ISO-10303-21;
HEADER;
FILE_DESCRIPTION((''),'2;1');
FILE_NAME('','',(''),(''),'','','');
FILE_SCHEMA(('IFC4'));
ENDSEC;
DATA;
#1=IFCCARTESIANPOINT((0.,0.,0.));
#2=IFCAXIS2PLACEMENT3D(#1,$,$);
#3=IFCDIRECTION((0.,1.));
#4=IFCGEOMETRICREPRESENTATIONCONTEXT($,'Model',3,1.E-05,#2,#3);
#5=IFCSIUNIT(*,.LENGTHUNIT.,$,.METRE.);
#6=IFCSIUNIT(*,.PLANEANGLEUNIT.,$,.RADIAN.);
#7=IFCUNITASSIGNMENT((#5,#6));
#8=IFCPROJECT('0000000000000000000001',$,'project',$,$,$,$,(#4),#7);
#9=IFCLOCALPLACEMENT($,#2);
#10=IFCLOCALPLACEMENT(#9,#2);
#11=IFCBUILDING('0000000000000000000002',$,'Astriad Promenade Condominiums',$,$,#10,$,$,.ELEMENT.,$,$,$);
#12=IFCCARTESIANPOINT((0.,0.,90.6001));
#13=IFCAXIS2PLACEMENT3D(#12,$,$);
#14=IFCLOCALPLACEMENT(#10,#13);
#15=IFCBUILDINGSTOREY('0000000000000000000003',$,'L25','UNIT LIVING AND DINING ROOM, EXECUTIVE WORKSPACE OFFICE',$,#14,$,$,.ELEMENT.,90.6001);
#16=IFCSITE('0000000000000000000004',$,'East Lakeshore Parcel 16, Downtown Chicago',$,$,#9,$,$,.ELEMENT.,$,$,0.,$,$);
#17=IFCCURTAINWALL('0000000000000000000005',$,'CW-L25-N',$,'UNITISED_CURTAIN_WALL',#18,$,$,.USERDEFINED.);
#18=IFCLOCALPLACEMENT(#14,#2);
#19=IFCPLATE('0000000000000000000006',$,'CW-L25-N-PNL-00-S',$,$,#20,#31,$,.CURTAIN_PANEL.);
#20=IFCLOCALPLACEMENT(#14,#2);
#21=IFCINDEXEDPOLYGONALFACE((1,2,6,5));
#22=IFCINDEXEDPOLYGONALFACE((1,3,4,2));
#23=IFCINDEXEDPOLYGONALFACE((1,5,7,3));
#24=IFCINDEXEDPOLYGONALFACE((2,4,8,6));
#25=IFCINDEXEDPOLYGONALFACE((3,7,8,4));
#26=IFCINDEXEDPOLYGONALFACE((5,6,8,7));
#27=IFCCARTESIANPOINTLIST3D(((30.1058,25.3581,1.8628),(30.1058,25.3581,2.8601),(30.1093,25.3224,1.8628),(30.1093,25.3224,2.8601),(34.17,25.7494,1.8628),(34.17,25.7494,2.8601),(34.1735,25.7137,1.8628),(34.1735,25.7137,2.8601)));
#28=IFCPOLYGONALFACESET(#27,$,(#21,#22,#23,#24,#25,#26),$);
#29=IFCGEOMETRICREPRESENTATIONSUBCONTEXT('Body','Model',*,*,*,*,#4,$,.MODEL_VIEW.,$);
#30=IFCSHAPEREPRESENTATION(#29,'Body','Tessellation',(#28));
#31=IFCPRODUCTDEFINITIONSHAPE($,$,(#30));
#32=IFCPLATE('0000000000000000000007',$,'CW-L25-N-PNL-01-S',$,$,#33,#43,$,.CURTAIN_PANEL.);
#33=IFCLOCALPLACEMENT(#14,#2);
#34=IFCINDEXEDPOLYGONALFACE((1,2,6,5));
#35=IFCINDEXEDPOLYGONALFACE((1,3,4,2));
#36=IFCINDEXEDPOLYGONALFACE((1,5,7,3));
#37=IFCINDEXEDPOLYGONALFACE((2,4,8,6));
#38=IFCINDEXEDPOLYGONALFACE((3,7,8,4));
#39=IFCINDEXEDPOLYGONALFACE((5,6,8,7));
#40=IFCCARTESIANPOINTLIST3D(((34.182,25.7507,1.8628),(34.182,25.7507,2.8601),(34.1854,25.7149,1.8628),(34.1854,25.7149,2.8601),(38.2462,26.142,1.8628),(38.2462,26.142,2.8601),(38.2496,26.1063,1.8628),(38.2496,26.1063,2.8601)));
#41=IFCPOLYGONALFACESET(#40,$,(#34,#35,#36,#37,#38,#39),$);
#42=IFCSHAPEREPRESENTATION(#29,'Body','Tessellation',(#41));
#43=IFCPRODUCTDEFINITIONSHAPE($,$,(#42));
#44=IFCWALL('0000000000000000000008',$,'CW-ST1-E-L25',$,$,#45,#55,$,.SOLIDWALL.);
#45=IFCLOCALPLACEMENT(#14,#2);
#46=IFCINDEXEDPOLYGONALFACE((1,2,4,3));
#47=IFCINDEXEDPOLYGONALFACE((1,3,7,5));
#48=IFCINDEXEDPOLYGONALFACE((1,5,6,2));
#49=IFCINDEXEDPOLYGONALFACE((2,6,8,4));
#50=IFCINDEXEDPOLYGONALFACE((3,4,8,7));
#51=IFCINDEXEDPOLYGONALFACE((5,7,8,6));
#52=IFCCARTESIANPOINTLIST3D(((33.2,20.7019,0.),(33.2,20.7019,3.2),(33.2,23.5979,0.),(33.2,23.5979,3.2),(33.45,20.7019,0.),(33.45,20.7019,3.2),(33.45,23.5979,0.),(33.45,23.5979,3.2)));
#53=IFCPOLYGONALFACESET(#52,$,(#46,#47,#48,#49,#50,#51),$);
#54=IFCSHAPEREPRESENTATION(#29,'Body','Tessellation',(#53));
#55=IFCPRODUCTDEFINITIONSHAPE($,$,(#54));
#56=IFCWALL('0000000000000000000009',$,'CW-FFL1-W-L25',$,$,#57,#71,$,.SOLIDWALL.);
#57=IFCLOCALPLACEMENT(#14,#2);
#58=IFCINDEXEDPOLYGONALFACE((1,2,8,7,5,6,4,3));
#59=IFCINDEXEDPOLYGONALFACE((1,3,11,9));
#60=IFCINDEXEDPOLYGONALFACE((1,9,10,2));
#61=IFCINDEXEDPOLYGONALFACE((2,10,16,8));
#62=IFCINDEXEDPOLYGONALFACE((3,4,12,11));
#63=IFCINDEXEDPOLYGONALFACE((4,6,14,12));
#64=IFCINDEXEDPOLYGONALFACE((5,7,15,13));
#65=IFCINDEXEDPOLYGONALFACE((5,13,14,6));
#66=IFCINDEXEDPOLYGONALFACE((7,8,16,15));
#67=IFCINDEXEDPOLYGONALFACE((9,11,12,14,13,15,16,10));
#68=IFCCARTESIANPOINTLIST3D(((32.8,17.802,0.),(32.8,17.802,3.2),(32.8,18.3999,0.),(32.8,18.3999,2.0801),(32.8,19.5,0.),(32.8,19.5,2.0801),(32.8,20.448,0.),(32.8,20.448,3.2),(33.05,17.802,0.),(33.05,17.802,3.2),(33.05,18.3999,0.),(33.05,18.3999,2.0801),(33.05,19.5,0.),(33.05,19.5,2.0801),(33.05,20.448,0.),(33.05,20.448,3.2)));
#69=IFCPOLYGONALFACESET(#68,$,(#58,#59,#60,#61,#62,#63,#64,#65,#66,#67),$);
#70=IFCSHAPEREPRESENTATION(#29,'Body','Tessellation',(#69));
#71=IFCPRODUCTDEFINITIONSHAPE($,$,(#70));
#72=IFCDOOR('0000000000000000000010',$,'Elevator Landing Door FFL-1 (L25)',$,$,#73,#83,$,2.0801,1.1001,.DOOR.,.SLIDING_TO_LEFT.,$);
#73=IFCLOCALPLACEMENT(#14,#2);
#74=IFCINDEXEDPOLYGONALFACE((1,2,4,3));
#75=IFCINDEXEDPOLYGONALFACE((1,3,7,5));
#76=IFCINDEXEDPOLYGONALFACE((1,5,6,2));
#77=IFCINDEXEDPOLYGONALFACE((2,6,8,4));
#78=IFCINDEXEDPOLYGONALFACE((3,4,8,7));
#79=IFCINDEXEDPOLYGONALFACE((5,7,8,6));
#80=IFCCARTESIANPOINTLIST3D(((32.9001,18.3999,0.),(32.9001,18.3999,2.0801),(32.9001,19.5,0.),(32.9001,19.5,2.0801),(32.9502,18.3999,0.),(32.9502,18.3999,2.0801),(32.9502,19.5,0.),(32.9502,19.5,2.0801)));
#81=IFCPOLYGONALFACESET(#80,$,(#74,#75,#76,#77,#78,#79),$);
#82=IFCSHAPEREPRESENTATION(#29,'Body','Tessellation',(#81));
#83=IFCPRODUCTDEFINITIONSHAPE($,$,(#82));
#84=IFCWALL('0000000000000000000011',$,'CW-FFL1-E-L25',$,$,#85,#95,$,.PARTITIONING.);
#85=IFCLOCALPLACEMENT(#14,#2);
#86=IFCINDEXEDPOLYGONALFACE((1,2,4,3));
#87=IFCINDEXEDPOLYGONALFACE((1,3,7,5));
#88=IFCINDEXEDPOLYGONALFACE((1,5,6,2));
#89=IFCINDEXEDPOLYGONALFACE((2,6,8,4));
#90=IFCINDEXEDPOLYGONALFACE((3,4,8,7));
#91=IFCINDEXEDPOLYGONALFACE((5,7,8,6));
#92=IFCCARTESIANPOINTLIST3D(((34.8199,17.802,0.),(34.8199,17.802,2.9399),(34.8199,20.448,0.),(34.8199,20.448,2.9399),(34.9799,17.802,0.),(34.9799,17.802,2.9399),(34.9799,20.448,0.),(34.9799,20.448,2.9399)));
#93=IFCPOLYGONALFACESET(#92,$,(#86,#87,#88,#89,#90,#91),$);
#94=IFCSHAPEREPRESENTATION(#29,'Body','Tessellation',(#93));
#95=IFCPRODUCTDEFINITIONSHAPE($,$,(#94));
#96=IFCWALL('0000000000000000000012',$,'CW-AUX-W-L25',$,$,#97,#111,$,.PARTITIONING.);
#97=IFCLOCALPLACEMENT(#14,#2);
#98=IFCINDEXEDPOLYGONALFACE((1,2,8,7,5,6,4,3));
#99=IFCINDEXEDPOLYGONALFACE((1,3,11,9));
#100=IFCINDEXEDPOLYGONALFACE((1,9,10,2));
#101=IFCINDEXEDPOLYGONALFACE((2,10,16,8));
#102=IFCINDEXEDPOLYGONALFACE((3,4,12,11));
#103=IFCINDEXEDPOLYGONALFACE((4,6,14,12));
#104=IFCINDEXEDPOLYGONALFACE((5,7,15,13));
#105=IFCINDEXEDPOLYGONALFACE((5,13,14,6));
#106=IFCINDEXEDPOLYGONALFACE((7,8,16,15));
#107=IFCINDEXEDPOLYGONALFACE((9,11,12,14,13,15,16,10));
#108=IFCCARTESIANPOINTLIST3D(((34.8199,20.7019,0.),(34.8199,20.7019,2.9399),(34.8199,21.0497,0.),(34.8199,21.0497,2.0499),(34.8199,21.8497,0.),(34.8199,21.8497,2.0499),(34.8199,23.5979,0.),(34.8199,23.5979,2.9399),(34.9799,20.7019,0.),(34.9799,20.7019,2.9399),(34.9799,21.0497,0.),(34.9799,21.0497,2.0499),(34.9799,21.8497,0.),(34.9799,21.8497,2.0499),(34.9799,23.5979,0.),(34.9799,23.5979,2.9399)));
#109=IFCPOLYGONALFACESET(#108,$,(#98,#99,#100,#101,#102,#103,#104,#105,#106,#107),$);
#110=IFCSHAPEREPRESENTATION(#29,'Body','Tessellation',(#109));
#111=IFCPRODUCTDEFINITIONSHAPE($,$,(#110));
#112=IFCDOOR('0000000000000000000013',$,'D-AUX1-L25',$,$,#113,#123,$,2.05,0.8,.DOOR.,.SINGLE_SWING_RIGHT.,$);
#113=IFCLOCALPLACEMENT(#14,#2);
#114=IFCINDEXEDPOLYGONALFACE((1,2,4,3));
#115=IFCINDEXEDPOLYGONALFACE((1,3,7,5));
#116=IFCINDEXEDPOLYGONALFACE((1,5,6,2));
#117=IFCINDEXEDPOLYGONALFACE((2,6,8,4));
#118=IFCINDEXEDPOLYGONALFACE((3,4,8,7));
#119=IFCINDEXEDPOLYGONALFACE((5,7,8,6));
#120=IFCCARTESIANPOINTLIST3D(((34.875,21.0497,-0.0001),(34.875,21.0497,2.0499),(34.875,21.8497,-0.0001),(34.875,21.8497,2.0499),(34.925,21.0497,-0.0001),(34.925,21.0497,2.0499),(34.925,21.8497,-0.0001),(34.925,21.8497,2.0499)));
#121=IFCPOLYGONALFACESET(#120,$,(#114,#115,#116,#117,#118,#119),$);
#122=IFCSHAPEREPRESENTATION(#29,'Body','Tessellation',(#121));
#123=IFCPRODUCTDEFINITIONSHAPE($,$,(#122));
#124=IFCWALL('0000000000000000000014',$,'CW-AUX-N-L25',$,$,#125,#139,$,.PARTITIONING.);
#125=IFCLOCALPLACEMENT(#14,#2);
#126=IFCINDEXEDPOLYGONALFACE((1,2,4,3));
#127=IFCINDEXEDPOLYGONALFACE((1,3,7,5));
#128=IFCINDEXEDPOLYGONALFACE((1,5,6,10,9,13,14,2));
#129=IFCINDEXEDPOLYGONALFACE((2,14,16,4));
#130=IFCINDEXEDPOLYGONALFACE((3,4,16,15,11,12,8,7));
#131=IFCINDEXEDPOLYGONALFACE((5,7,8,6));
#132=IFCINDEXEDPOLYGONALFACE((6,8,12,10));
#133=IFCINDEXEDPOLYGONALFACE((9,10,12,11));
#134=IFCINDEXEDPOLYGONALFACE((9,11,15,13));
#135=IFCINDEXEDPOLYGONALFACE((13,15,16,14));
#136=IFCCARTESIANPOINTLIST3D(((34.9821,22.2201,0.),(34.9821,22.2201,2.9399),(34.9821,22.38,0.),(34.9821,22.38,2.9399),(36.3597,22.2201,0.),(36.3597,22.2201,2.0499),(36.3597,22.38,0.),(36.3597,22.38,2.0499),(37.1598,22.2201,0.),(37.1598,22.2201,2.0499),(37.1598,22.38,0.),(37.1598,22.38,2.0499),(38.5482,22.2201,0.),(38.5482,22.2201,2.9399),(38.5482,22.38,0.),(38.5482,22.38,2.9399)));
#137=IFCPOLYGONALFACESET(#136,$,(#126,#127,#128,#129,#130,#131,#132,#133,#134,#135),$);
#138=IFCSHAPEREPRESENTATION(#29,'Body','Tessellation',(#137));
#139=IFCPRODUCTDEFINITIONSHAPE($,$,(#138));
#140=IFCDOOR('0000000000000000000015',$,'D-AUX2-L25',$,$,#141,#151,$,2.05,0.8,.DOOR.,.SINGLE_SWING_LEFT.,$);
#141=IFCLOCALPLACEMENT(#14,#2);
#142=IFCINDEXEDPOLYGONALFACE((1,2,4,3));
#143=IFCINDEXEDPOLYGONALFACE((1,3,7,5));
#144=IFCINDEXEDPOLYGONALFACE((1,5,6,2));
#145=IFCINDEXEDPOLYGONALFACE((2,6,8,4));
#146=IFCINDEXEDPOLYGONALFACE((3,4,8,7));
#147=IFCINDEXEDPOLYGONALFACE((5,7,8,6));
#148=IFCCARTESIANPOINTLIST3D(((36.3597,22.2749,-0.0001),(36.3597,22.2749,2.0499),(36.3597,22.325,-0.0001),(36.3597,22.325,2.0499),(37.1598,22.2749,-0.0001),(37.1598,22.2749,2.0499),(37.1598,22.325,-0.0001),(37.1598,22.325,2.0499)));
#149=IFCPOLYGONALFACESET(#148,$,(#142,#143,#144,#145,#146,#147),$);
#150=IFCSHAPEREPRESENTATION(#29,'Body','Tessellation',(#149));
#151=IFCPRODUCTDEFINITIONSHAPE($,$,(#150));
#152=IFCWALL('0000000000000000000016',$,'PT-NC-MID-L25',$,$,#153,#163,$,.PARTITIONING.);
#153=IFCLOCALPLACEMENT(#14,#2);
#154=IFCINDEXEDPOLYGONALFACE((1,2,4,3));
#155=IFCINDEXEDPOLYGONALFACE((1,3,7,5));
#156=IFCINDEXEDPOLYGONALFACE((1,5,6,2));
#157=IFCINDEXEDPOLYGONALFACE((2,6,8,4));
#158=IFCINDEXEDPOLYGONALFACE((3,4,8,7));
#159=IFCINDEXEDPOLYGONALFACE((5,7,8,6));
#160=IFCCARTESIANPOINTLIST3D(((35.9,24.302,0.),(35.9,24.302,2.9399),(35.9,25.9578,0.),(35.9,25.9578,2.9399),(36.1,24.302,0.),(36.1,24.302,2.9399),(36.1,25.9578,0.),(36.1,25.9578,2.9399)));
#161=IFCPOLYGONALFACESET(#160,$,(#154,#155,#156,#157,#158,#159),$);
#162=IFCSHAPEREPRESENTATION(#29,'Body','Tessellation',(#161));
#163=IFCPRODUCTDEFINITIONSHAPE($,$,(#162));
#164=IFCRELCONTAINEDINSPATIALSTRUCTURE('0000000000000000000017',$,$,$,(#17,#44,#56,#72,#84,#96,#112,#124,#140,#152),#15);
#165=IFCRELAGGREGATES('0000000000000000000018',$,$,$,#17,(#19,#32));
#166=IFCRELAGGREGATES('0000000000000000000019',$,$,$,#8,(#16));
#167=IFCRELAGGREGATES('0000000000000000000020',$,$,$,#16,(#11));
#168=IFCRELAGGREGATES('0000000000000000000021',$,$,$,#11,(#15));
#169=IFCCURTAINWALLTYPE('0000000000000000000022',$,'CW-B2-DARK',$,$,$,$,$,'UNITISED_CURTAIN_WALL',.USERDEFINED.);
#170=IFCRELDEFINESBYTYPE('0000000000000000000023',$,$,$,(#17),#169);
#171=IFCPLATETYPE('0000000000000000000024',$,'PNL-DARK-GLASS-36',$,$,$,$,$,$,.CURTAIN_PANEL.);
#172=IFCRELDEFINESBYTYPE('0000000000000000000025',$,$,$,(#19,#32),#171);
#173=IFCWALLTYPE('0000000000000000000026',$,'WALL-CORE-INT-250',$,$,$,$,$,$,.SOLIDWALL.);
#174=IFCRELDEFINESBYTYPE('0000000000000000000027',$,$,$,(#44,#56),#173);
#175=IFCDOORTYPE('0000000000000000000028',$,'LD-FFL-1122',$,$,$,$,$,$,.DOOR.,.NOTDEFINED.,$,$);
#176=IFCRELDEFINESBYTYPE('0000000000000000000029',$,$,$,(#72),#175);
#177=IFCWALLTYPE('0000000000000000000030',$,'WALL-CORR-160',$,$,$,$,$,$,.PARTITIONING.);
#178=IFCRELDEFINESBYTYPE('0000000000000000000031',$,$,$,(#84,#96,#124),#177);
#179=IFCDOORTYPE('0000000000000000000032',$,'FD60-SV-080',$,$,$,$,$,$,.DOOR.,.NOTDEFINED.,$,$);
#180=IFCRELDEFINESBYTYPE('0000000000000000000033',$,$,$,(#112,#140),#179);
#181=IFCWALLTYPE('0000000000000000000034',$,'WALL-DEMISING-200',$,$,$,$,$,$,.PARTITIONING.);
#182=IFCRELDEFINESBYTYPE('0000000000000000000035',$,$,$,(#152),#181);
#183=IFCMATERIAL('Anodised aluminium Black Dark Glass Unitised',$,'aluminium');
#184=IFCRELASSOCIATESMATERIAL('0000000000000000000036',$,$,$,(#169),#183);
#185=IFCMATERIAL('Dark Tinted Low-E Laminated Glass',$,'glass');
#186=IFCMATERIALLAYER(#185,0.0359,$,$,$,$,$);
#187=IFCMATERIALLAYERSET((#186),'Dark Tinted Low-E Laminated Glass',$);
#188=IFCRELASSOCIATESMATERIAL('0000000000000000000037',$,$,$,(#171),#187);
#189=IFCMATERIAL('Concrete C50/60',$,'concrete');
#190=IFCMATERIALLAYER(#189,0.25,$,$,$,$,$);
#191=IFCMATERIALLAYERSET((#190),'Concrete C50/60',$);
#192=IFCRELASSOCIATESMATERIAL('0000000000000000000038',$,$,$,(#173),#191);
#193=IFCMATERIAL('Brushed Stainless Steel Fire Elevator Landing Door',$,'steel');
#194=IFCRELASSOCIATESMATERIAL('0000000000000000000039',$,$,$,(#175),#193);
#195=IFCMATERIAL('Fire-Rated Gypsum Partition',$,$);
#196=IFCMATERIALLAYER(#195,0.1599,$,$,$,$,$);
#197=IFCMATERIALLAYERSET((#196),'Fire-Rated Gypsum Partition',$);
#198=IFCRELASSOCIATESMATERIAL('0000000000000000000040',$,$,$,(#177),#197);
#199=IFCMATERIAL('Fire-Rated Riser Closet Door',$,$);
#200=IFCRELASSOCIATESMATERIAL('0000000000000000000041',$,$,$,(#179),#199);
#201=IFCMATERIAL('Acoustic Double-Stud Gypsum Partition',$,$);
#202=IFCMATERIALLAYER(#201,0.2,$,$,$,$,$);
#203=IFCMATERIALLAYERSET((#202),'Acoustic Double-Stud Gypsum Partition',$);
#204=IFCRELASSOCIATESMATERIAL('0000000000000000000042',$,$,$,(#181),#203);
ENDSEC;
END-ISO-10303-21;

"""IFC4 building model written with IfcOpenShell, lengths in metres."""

from ifc_helpers import new_model, si_unit, direction, frame, frame_2d, origin, origin_2d, place, context, subcontext, project, spatial, rectangle, extrude, source, transform, mapped, material, layer, layer_set, type_object, type_shapes, element, fill, aggregate, save


model = new_model("IFC4")

# Units and contexts
model_context = context("Model", 3, precision=1e-05, world=origin(), true_north=direction((0.0, 1.0)))
body_context = subcontext(model_context, "Body", "Model", "MODEL_VIEW")
ifc_project = project(units=[si_unit("LENGTHUNIT", "METRE"), si_unit("PLANEANGLEUNIT", "RADIAN")], contexts=[model_context])

# Site, building, storey
site_placement = place(None, origin())
site = spatial("IfcSite", under=ifc_project, at=site_placement, Name="East Lakeshore Parcel 16, Downtown Chicago", CompositionType="ELEMENT", RefElevation=0.0)
building_placement = place(site_placement, origin())
building = spatial("IfcBuilding", under=site, at=building_placement, Name="Astriad Promenade Condominiums", CompositionType="ELEMENT")
storey_placement = place(building_placement, frame((0.0, 0.0, 90.6001)))
storey = spatial("IfcBuildingStorey", under=building, at=storey_placement, Name="L25", Description="UNIT LIVING AND DINING ROOM, EXECUTIVE WORKSPACE OFFICE", CompositionType="ELEMENT", Elevation=90.6001)

# Curtain wall, plates
ifc_material_1 = material(Name="Anodised aluminium Black Dark Glass Unitised", Category="aluminium")
curtain_wall_type = type_object("IfcCurtainWallType", Name="CW-B2-DARK", ElementType="UNITISED_CURTAIN_WALL", PredefinedType="USERDEFINED", material=ifc_material_1)
curtain_wall_placement = place(storey_placement, origin())
curtain_wall = element("IfcCurtainWall", 1, at=curtain_wall_placement, inside=storey, type_object=curtain_wall_type, Name="CW-L25-N", ObjectType="UNITISED_CURTAIN_WALL", PredefinedType="USERDEFINED")
ifc_material_2 = material(Name="Dark Tinted Low-E Laminated Glass", Category="glass")
ifc_layer_1 = layer(ifc_material_2, 0.0359)
ifc_layer_set_1 = layer_set([ifc_layer_1], Name="Dark Tinted Low-E Laminated Glass")
plate_type = type_object("IfcPlateType", Name="PNL-DARK-GLASS-36", PredefinedType="CURTAIN_PANEL", material=ifc_layer_set_1)
shared_shape_1 = source(origin(), body_context, "Body", "SweptSolid", [
    extrude(rectangle(XDim=4.083, YDim=0.0359, at=origin_2d()), origin(), (0.0, 0.0, 1.0), 0.9973),
])
plate_1_placement = place(storey_placement, frame((32.1396, 25.5359, 1.8628), z_axis=(0.0, 0.0, 1.0), x_axis=(0.995396, 0.095846, 0.0)))
plate_1 = element("IfcPlate", 2, at=plate_1_placement, type_object=plate_type, Name="CW-L25-N-PNL-00-S", PredefinedType="CURTAIN_PANEL", context=body_context, shape_type="MappedRepresentation", body=[
    mapped(shared_shape_1, transform((0.0, 0.0, 0.0), scale=1.0)),
])
plate_2_placement = place(storey_placement, frame((36.2158, 25.9285, 1.8628), z_axis=(0.0, 0.0, 1.0), x_axis=(0.995396, 0.095846, 0.0)))
plate_2 = element("IfcPlate", 3, at=plate_2_placement, type_object=plate_type, Name="CW-L25-N-PNL-01-S", PredefinedType="CURTAIN_PANEL", context=body_context, shape_type="MappedRepresentation", body=[
    mapped(shared_shape_1, transform((0.0, 0.0, 0.0), scale=1.0)),
])
aggregate(curtain_wall, [plate_1, plate_2])

# Wall
ifc_material_3 = material(Name="Concrete C50/60", Category="concrete")
ifc_layer_2 = layer(ifc_material_3, 0.25)
ifc_layer_set_2 = layer_set([ifc_layer_2], Name="Concrete C50/60")
wall_type_1 = type_object("IfcWallType", Name="WALL-CORE-INT-250", PredefinedType="SOLIDWALL", material=ifc_layer_set_2)
wall_1_placement = place(storey_placement, frame((33.325, 20.7019, 0.0), z_axis=(0.0, 0.0, 1.0), x_axis=(0.0, 1.0, 0.0)))
element("IfcWall", 4, at=wall_1_placement, inside=storey, type_object=wall_type_1, Name="CW-ST1-E-L25", PredefinedType="SOLIDWALL", context=body_context, shape_type="SweptSolid", body=[
    extrude(rectangle(XDim=2.896, YDim=0.25, at=frame_2d((1.448, 0.0))), origin(), (0.0, 0.0, 1.0), 3.2),
])

# Wall, opening, door
wall_2_placement = place(storey_placement, frame((32.925, 17.802, 0.0), z_axis=(0.0, 0.0, 1.0), x_axis=(0.0, 1.0, 0.0)))
wall_2 = element("IfcWall", 5, at=wall_2_placement, inside=storey, type_object=wall_type_1, Name="CW-FFL1-W-L25", PredefinedType="SOLIDWALL", context=body_context, shape_type="SweptSolid", body=[
    extrude(rectangle(XDim=2.646, YDim=0.25, at=frame_2d((1.323, 0.0))), origin(), (0.0, 0.0, 1.0), 3.2),
])
opening_1_placement = place(wall_2_placement, frame((0.5979, 0.0, 0.0)))
opening_1 = element("IfcOpeningElement", 6, at=opening_1_placement, cuts=wall_2, PredefinedType="OPENING", context=body_context, shape_type="SweptSolid", body=[
    extrude(rectangle(XDim=1.1001, YDim=2.0801, at=frame_2d((0.55, 1.04))), frame((0.0, 0.135, 0.0), z_axis=(0.0, -1.0, 0.0), x_axis=(1.0, 0.0, 0.0)), (0.0, 0.0, 1.0), 0.27),
])
ifc_material_4 = material(Name="Brushed Stainless Steel Fire Elevator Landing Door", Category="steel")
door_type_1 = type_object("IfcDoorType", Name="LD-FFL-1122", OperationType="NOTDEFINED", PredefinedType="DOOR", material=ifc_material_4)
shared_shape_2 = source(origin(), body_context, "Body", "SweptSolid", [
    extrude(rectangle(XDim=1.1001, YDim=2.0801, at=frame_2d((0.55, 1.04))), frame((0.0, 0.0249, 0.0), z_axis=(0.0, -1.0, 0.0), x_axis=(1.0, 0.0, 0.0)), (0.0, 0.0, 1.0), 0.05),
])
type_shapes(door_type_1, [shared_shape_2])
door_1_placement = place(opening_1_placement, origin())
door_1 = element("IfcDoor", 7, at=door_1_placement, inside=storey, type_object=door_type_1, Name="Elevator Landing Door FFL-1 (L25)", OperationType="SLIDING_TO_LEFT", OverallHeight=2.0801, OverallWidth=1.1001, PredefinedType="DOOR", context=body_context, shape_type="MappedRepresentation", body=[
    mapped(shared_shape_2, transform((0.0, 0.0, 0.0), scale=1.0)),
])
fill(opening_1, door_1)

# Wall
ifc_material_5 = material(Name="Fire-Rated Gypsum Partition")
ifc_layer_3 = layer(ifc_material_5, 0.1599)
ifc_layer_set_3 = layer_set([ifc_layer_3], Name="Fire-Rated Gypsum Partition")
wall_type_2 = type_object("IfcWallType", Name="WALL-CORR-160", PredefinedType="PARTITIONING", material=ifc_layer_set_3)
wall_3_placement = place(storey_placement, frame((34.8999, 17.802, 0.0), z_axis=(0.0, 0.0, 1.0), x_axis=(0.0, 1.0, 0.0)))
element("IfcWall", 8, at=wall_3_placement, inside=storey, type_object=wall_type_2, Name="CW-FFL1-E-L25", PredefinedType="PARTITIONING", context=body_context, shape_type="SweptSolid", body=[
    extrude(rectangle(XDim=2.646, YDim=0.1599, at=frame_2d((1.323, 0.0))), origin(), (0.0, 0.0, 1.0), 2.9399),
])

# Walls, openings, doors
wall_4_placement = place(storey_placement, frame((34.8999, 20.7019, 0.0), z_axis=(0.0, 0.0, 1.0), x_axis=(0.0, 1.0, 0.0)))
wall_4 = element("IfcWall", 9, at=wall_4_placement, inside=storey, type_object=wall_type_2, Name="CW-AUX-W-L25", PredefinedType="PARTITIONING", context=body_context, shape_type="SweptSolid", body=[
    extrude(rectangle(XDim=2.896, YDim=0.1599, at=frame_2d((1.448, 0.0))), origin(), (0.0, 0.0, 1.0), 2.9399),
])
opening_2_placement = place(wall_4_placement, frame((0.3479, 0.0, 0.0)))
opening_2 = element("IfcOpeningElement", 10, at=opening_2_placement, cuts=wall_4, PredefinedType="OPENING", context=body_context, shape_type="SweptSolid", body=[
    extrude(rectangle(XDim=0.8, YDim=2.05, at=frame_2d((0.3999, 1.0249))), frame((0.0, 0.0898, 0.0), z_axis=(0.0, -1.0, 0.0), x_axis=(1.0, 0.0, 0.0)), (0.0, 0.0, 1.0), 0.1799),
])
ifc_material_6 = material(Name="Fire-Rated Riser Closet Door")
door_type_2 = type_object("IfcDoorType", Name="FD60-SV-080", OperationType="NOTDEFINED", PredefinedType="DOOR", material=ifc_material_6)
shared_shape_3 = source(origin(), body_context, "Body", "SweptSolid", [
    extrude(rectangle(XDim=0.8, YDim=2.05, at=frame_2d((0.3999, 1.0249))), frame((0.0, 0.0249, 0.0), z_axis=(0.0, -1.0, 0.0), x_axis=(1.0, 0.0, 0.0)), (0.0, 0.0, 1.0), 0.05),
])
type_shapes(door_type_2, [shared_shape_3])
door_2_placement = place(opening_2_placement, origin())
door_2 = element("IfcDoor", 11, at=door_2_placement, inside=storey, type_object=door_type_2, Name="D-AUX1-L25", OperationType="SINGLE_SWING_RIGHT", OverallHeight=2.05, OverallWidth=0.8, PredefinedType="DOOR", context=body_context, shape_type="MappedRepresentation", body=[
    mapped(shared_shape_3, transform((0.0, 0.0, 0.0), scale=1.0)),
])
fill(opening_2, door_2)
wall_5_placement = place(storey_placement, frame((34.9819, 22.3, 0.0), z_axis=(0.0, 0.0, 1.0), x_axis=(1.0, 0.0, 0.0)))
wall_5 = element("IfcWall", 12, at=wall_5_placement, inside=storey, type_object=wall_type_2, Name="CW-AUX-N-L25", PredefinedType="PARTITIONING", context=body_context, shape_type="SweptSolid", body=[
    extrude(rectangle(XDim=3.5662, YDim=0.1599, at=frame_2d((1.7832, 0.0))), origin(), (0.0, 0.0, 1.0), 2.9399),
])
opening_3_placement = place(wall_5_placement, frame((1.3779, 0.0, 0.0)))
opening_3 = element("IfcOpeningElement", 13, at=opening_3_placement, cuts=wall_5, PredefinedType="OPENING", context=body_context, shape_type="SweptSolid", body=[
    extrude(rectangle(XDim=0.8, YDim=2.05, at=frame_2d((0.3999, 1.0249))), frame((0.0, 0.0898, 0.0), z_axis=(0.0, -1.0, 0.0), x_axis=(1.0, 0.0, 0.0)), (0.0, 0.0, 1.0), 0.1799),
])
door_3_placement = place(opening_3_placement, origin())
door_3 = element("IfcDoor", 14, at=door_3_placement, inside=storey, type_object=door_type_2, Name="D-AUX2-L25", OperationType="SINGLE_SWING_LEFT", OverallHeight=2.05, OverallWidth=0.8, PredefinedType="DOOR", context=body_context, shape_type="MappedRepresentation", body=[
    mapped(shared_shape_3, transform((0.0, 0.0, 0.0), scale=1.0)),
])
fill(opening_3, door_3)

# Wall
ifc_material_7 = material(Name="Acoustic Double-Stud Gypsum Partition")
ifc_layer_4 = layer(ifc_material_7, 0.2)
ifc_layer_set_4 = layer_set([ifc_layer_4], Name="Acoustic Double-Stud Gypsum Partition")
wall_type_3 = type_object("IfcWallType", Name="WALL-DEMISING-200", PredefinedType="PARTITIONING", material=ifc_layer_set_4)
wall_6_placement = place(storey_placement, frame((36.0, 24.302, 0.0), z_axis=(0.0, 0.0, 1.0), x_axis=(0.0, 1.0, 0.0)))
element("IfcWall", 15, at=wall_6_placement, inside=storey, type_object=wall_type_3, Name="PT-NC-MID-L25", PredefinedType="PARTITIONING", context=body_context, shape_type="SweptSolid", body=[
    extrude(rectangle(XDim=1.6558, YDim=0.2, at=frame_2d((0.8279, 0.0))), origin(), (0.0, 0.0, 1.0), 2.9399),
])

save(model, "model.ifc")
